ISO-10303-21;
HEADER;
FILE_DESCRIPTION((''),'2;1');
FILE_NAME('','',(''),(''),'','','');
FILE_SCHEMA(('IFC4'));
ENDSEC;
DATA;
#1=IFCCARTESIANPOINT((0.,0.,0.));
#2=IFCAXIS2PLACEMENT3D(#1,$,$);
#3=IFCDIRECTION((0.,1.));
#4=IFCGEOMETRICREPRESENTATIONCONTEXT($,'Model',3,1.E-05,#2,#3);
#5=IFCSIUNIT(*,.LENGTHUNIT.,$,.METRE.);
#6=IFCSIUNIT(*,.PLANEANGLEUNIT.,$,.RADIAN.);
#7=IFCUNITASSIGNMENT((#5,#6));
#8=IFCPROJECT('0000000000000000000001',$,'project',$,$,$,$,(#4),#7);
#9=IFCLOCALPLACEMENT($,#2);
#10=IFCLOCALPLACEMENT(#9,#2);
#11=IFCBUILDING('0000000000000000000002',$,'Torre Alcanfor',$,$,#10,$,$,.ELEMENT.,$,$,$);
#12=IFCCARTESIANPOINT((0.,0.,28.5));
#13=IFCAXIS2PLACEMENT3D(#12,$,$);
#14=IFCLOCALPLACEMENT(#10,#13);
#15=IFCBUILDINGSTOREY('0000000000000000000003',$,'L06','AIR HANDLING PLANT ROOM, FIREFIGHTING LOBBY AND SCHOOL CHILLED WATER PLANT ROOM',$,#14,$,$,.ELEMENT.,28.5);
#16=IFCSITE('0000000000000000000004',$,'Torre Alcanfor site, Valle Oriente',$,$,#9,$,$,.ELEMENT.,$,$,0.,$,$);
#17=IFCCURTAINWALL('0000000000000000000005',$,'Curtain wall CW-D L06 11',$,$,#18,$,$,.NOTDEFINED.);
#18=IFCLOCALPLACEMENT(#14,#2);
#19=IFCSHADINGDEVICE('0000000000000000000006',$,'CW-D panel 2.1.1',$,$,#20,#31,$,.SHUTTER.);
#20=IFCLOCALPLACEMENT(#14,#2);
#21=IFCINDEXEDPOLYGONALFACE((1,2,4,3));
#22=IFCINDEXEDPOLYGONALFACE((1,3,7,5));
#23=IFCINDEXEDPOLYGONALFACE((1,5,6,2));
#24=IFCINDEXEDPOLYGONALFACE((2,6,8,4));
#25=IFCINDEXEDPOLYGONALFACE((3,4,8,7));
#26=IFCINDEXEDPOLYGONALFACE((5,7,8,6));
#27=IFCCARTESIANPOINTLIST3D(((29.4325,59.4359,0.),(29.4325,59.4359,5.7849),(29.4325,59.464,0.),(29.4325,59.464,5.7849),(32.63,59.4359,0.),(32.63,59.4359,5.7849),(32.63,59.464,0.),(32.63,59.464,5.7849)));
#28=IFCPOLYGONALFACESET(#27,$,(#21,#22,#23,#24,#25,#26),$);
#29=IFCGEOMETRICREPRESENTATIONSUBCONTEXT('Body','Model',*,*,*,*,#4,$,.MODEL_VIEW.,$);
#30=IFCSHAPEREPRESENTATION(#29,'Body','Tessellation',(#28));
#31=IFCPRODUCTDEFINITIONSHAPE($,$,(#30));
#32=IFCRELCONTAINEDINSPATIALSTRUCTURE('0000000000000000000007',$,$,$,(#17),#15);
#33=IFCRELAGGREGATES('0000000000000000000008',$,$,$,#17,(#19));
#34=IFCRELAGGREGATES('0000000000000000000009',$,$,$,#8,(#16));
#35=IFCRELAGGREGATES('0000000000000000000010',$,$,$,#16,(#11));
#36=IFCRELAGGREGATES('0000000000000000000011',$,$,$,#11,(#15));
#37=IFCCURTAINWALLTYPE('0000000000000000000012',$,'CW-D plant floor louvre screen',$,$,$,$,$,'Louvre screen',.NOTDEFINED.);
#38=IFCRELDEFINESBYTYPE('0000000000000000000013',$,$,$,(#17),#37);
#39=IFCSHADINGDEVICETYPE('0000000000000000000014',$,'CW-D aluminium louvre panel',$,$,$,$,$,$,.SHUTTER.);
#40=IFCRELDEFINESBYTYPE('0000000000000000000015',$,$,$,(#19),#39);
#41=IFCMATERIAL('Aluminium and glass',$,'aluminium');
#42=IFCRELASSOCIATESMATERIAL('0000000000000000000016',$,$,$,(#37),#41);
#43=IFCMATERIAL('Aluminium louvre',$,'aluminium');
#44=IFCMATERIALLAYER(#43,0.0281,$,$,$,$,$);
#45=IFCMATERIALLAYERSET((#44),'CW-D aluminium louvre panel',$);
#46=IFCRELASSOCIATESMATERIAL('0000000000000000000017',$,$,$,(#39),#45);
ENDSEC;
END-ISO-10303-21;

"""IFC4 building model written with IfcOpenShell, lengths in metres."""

from ifc_helpers import new_model, si_unit, direction, frame, origin, origin_2d, place, context, subcontext, project, spatial, rectangle, extrude, material, layer, layer_set, type_object, element, aggregate, save


model = new_model("IFC4")

# Units and contexts
model_context = context("Model", 3, precision=1e-05, world=origin(), true_north=direction((0.0, 1.0)))
body_context = subcontext(model_context, "Body", "Model", "MODEL_VIEW")
ifc_project = project(units=[si_unit("LENGTHUNIT", "METRE"), si_unit("PLANEANGLEUNIT", "RADIAN")], contexts=[model_context])

# Site, building, storey
site_placement = place(None, origin())
site = spatial("IfcSite", under=ifc_project, at=site_placement, Name="Torre Alcanfor site, Valle Oriente", CompositionType="ELEMENT", RefElevation=0.0)
building_placement = place(site_placement, origin())
building = spatial("IfcBuilding", under=site, at=building_placement, Name="Torre Alcanfor", CompositionType="ELEMENT")
storey_placement = place(building_placement, frame((0.0, 0.0, 28.5)))
storey = spatial("IfcBuildingStorey", under=building, at=storey_placement, Name="L06", Description="AIR HANDLING PLANT ROOM, FIREFIGHTING LOBBY AND SCHOOL CHILLED WATER PLANT ROOM", CompositionType="ELEMENT", Elevation=28.5)

# Curtain wall
ifc_material_1 = material(Name="Aluminium and glass", Category="aluminium")
curtain_wall_type = type_object("IfcCurtainWallType", Name="CW-D plant floor louvre screen", ElementType="Louvre screen", PredefinedType="NOTDEFINED", material=ifc_material_1)
curtain_wall_placement = place(storey_placement, origin())
curtain_wall = element("IfcCurtainWall", 1, at=curtain_wall_placement, inside=storey, type_object=curtain_wall_type, Name="Curtain wall CW-D L06 11", PredefinedType="NOTDEFINED")

# Shading device
ifc_material_2 = material(Name="Aluminium louvre", Category="aluminium")
ifc_layer_1 = layer(ifc_material_2, 0.0281)
ifc_layer_set_1 = layer_set([ifc_layer_1], Name="CW-D aluminium louvre panel")
shading_device_type = type_object("IfcShadingDeviceType", Name="CW-D aluminium louvre panel", PredefinedType="SHUTTER", material=ifc_layer_set_1)
shading_device_1_placement = place(storey_placement, frame((31.0312, 59.45, 0.0), z_axis=(0.0, 0.0, 1.0), x_axis=(-1.0, 0.0, 0.0)))
shading_device_1 = element("IfcShadingDevice", 2, at=shading_device_1_placement, type_object=shading_device_type, Name="CW-D panel 2.1.1", PredefinedType="SHUTTER", context=body_context, shape_type="SweptSolid", body=[
    extrude(rectangle(XDim=3.1975, YDim=0.0281, at=origin_2d()), origin(), (0.0, 0.0, 1.0), 5.7849),
])
aggregate(curtain_wall, [shading_device_1])

save(model, "model.ifc")
